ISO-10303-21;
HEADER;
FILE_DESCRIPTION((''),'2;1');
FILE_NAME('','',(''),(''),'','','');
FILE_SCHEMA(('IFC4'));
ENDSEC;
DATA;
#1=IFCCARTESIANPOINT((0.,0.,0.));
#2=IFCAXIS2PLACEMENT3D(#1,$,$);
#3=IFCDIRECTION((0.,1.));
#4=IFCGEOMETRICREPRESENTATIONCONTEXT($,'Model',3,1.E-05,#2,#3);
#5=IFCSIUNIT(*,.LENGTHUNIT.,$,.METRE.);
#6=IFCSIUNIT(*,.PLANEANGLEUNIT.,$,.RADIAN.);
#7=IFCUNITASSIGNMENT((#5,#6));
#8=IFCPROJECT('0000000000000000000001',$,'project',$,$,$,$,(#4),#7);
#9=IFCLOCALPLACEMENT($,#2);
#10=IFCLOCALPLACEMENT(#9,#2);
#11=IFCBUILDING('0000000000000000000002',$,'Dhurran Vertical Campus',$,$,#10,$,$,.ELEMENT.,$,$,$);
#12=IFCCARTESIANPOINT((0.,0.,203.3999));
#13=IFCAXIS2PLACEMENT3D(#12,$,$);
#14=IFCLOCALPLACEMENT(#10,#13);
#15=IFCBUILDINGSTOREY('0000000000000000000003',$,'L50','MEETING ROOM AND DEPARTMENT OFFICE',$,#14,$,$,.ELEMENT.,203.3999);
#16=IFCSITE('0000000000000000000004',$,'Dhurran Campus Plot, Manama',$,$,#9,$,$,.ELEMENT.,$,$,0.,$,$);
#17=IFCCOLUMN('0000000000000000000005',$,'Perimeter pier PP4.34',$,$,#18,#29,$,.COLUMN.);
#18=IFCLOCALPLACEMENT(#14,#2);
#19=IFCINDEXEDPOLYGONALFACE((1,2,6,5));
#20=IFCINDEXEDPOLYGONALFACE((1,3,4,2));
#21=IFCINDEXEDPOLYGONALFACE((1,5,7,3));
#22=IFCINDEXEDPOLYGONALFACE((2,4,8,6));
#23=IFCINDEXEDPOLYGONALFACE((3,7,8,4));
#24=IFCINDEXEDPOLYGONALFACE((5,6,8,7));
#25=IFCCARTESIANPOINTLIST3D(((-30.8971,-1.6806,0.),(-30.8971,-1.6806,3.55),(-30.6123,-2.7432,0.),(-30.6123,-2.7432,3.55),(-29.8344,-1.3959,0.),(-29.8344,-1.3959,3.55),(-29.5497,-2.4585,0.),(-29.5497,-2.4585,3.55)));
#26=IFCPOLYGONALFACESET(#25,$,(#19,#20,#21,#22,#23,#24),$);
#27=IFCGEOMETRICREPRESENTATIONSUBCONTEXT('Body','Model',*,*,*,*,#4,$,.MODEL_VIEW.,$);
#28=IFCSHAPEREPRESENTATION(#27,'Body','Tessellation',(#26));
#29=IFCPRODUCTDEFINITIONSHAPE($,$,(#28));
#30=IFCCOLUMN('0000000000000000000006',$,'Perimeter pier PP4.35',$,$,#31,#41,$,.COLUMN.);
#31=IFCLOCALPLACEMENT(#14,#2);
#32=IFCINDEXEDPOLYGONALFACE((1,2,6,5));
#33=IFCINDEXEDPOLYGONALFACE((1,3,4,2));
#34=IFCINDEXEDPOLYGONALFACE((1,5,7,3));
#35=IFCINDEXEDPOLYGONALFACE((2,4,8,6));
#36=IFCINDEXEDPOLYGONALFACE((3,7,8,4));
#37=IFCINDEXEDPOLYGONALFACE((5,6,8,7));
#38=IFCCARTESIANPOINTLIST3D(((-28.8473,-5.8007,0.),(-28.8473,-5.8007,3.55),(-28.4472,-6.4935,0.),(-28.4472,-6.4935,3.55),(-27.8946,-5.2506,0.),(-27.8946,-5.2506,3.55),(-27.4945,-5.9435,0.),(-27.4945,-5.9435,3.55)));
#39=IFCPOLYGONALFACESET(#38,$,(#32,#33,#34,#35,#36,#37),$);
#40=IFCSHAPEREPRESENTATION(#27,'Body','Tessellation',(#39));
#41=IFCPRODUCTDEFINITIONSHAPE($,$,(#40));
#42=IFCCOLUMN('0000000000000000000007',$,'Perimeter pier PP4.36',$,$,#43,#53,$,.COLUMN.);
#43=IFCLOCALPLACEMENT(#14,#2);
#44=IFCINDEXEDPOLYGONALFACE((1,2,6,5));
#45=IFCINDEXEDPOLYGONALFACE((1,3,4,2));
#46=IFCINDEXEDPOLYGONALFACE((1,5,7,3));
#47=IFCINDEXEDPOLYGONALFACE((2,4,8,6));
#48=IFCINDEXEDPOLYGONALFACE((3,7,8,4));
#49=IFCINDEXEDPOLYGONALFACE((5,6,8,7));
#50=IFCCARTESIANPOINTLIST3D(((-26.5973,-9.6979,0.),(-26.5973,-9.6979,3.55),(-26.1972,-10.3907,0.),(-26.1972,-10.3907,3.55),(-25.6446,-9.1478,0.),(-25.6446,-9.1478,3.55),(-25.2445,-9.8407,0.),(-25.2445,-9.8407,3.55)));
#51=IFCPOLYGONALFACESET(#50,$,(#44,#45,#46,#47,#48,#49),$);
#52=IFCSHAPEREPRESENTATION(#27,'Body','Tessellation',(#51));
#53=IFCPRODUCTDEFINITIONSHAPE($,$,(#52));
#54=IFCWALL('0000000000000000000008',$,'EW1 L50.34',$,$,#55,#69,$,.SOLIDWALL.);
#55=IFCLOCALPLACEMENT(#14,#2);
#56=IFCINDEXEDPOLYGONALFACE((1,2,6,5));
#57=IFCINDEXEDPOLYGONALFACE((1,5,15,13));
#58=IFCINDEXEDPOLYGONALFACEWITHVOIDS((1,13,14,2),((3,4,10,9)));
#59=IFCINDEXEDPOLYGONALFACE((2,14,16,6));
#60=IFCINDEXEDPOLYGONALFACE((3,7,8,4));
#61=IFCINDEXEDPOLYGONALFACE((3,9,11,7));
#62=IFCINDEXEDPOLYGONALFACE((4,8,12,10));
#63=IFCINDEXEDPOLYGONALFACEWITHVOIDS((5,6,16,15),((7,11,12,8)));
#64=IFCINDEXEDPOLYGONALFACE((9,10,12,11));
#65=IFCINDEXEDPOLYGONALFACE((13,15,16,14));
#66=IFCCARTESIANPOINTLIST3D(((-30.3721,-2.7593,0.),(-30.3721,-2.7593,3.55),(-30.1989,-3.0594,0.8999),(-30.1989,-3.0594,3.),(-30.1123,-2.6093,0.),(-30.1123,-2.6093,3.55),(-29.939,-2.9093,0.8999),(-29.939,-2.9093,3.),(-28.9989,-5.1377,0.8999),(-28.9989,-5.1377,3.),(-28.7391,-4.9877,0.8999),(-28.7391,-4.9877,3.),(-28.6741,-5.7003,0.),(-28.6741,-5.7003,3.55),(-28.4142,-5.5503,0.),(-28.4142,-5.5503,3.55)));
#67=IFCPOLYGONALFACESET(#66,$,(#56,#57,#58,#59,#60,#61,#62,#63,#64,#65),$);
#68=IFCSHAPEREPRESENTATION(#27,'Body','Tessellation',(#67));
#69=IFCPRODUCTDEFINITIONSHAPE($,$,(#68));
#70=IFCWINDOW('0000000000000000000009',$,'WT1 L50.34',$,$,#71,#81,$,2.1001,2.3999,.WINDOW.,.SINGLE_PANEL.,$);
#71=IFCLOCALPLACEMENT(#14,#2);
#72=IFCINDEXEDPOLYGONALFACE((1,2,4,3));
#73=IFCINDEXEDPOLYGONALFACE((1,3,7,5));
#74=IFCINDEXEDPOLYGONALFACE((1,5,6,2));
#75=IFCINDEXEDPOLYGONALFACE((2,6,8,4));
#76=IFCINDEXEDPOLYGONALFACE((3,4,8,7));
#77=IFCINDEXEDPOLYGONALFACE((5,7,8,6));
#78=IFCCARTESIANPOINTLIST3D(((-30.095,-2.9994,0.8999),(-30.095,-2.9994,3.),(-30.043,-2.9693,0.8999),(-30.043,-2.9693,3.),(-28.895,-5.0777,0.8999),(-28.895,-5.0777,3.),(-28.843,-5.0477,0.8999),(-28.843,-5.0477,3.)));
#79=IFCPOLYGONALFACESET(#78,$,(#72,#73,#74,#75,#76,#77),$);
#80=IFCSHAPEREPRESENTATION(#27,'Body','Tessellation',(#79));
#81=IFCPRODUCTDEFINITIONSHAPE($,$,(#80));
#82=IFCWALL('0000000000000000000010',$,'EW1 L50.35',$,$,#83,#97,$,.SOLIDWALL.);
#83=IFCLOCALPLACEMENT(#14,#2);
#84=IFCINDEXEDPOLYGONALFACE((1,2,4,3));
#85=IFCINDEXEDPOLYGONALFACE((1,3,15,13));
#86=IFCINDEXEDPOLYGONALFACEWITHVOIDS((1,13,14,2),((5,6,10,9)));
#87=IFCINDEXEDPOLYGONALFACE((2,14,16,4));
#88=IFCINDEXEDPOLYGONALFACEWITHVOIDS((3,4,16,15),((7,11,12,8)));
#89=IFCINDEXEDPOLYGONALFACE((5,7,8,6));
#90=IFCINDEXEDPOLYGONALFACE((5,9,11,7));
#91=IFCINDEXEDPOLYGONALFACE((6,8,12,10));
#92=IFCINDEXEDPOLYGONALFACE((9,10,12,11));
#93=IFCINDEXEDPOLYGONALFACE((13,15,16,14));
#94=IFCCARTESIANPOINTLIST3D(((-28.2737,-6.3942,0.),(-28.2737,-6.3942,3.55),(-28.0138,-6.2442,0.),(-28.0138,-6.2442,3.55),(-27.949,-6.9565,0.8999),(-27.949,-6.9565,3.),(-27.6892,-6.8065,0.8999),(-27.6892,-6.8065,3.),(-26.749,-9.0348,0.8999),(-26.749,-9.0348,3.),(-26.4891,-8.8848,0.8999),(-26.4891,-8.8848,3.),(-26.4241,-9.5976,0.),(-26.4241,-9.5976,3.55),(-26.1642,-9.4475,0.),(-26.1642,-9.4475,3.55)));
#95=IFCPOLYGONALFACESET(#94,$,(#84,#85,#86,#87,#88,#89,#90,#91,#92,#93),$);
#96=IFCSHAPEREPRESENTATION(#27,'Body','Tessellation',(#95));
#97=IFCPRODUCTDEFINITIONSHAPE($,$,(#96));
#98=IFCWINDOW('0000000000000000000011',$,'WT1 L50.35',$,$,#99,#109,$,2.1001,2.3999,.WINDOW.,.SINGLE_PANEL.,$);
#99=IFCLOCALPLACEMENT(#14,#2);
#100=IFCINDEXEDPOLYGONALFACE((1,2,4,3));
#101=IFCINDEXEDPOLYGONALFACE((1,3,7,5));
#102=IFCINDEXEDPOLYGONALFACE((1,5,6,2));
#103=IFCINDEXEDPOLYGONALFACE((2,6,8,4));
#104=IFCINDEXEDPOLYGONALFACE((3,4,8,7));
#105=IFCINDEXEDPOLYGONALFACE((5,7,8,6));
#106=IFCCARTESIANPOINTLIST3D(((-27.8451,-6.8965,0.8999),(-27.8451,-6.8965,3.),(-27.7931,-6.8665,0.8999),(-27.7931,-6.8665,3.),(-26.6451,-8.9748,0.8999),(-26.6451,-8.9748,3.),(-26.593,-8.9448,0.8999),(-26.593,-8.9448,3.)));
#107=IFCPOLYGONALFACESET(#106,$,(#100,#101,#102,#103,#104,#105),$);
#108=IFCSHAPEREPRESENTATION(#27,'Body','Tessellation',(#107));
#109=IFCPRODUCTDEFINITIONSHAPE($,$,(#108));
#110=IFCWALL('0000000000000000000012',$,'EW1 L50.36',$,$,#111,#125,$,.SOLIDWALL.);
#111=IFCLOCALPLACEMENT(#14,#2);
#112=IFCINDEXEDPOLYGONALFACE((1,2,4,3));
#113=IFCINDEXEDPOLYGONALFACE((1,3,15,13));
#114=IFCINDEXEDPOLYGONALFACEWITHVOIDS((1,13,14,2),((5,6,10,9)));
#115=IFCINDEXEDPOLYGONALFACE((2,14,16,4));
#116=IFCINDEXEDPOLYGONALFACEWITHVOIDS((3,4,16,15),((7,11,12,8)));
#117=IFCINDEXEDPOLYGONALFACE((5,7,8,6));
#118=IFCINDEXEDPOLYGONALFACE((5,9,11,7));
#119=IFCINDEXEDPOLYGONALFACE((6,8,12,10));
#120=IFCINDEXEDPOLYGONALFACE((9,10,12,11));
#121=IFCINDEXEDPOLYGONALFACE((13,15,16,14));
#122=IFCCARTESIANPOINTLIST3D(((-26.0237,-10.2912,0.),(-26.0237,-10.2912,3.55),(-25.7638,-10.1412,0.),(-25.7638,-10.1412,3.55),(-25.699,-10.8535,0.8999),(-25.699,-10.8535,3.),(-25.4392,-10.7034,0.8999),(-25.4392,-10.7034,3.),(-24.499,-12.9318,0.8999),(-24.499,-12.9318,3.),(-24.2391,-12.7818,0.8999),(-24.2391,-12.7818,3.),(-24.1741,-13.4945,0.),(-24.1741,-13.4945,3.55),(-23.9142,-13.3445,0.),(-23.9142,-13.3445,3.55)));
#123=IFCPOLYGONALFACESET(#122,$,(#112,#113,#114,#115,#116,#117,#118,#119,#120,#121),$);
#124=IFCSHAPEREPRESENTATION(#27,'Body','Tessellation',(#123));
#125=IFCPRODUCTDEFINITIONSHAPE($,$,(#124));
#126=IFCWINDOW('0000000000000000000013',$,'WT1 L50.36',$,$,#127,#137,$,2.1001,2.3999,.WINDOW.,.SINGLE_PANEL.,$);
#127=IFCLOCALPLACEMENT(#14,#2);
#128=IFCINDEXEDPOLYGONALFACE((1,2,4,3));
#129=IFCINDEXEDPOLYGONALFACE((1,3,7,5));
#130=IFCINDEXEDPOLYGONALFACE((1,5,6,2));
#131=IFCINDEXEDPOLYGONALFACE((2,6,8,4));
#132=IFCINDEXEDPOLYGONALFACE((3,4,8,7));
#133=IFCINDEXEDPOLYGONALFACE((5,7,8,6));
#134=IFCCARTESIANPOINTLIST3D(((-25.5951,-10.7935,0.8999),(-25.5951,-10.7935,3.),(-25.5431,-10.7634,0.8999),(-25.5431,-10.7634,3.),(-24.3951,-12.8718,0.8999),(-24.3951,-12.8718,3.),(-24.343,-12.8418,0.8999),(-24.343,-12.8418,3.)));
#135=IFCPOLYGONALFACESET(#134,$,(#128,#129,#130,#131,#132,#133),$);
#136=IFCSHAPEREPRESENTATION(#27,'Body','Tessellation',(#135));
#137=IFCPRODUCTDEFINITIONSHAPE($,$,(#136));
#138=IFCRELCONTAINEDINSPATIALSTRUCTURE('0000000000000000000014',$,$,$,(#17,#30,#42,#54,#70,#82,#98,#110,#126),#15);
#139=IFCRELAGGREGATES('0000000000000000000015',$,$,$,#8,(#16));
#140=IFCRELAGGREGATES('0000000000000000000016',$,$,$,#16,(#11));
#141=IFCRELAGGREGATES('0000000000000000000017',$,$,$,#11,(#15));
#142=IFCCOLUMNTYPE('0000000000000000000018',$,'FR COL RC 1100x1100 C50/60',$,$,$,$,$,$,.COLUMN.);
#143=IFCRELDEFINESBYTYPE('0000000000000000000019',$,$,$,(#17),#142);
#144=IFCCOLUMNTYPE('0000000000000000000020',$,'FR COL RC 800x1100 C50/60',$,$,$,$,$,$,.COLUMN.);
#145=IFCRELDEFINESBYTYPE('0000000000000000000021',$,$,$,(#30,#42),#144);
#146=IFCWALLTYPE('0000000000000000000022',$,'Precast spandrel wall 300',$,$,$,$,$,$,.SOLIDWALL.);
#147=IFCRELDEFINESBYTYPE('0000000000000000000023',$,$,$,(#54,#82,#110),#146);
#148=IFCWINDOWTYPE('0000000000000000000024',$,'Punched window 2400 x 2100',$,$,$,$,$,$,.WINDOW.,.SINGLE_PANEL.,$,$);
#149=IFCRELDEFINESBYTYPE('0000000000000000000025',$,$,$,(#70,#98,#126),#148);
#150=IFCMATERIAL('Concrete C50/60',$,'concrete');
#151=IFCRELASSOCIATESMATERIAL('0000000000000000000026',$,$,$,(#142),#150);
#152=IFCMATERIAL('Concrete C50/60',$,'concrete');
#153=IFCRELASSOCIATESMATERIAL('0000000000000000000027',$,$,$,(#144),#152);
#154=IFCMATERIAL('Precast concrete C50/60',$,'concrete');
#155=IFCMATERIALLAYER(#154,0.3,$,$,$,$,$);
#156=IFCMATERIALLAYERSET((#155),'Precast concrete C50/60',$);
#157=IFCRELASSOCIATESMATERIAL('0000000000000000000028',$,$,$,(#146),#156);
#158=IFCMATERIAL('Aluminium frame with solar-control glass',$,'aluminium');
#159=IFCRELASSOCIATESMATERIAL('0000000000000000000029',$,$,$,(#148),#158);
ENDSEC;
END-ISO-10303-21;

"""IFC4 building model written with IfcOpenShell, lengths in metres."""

from ifc_helpers import new_model, si_unit, direction, frame, frame_2d, origin, origin_2d, place, context, subcontext, project, spatial, rectangle, extrude, material, layer, layer_set, material_profile, profile_set, type_object, element, fill, save


model = new_model("IFC4")

# Units and contexts
model_context = context("Model", 3, precision=1e-05, world=origin(), true_north=direction((0.0, 1.0)))
body_context = subcontext(model_context, "Body", "Model", "MODEL_VIEW")
ifc_project = project(units=[si_unit("LENGTHUNIT", "METRE"), si_unit("PLANEANGLEUNIT", "RADIAN")], contexts=[model_context])

# Site, building, storey
site_placement = place(None, origin())
site = spatial("IfcSite", under=ifc_project, at=site_placement, Name="Dhurran Campus Plot, Manama", CompositionType="ELEMENT", RefElevation=0.0)
building_placement = place(site_placement, origin())
building = spatial("IfcBuilding", under=site, at=building_placement, Name="Dhurran Vertical Campus", CompositionType="ELEMENT")
storey_placement = place(building_placement, frame((0.0, 0.0, 203.3999)))
storey = spatial("IfcBuildingStorey", under=building, at=storey_placement, Name="L50", Description="MEETING ROOM AND DEPARTMENT OFFICE", CompositionType="ELEMENT", Elevation=203.3999)

# Columns
ifc_material_1 = material(Name="Concrete C50/60", Category="concrete")
ifc_material_profile_1 = material_profile(ifc_material_1, rectangle(XDim=1.1001, YDim=1.1001, at=origin_2d()), Name="RC 1100x1100")
ifc_profile_set_1 = profile_set([ifc_material_profile_1], Name="Concrete C50/60")
column_type_1 = type_object("IfcColumnType", Name="FR COL RC 1100x1100 C50/60", PredefinedType="COLUMN", material=ifc_profile_set_1)
column_placement = place(storey_placement, frame((-30.2234, -2.0696, 0.0), z_axis=(0.0, 0.0, 1.0), x_axis=(0.258819, -0.965926, 0.0)))
element("IfcColumn", 1, at=column_placement, inside=storey, type_object=column_type_1, Name="Perimeter pier PP4.34", PredefinedType="COLUMN", context=body_context, shape_type="SweptSolid", body=[
    extrude(rectangle(XDim=1.1001, YDim=1.1001, at=origin_2d()), origin(), (0.0, 0.0, 1.0), 3.55),
])
ifc_material_2 = material(Name="Concrete C50/60", Category="concrete")
ifc_material_profile_2 = material_profile(ifc_material_2, rectangle(XDim=0.8, YDim=1.1001, at=origin_2d()), Name="RC 800x1100")
ifc_profile_set_2 = profile_set([ifc_material_profile_2], Name="Concrete C50/60")
column_type_2 = type_object("IfcColumnType", Name="FR COL RC 800x1100 C50/60", PredefinedType="COLUMN", material=ifc_profile_set_2)
for number, where, z_axis, x_axis, name in (
    (2, (-28.1709, -5.8721, 0.0), (0.0, 0.0, 1.0), (0.5, -0.866025, 0.0), "Perimeter pier PP4.35"),
    (3, (-25.9209, -9.7693, 0.0), (0.0, 0.0, 1.0), (0.5, -0.866025, 0.0), "Perimeter pier PP4.36"),
):
    element("IfcColumn", number, at=place(storey_placement, frame(where, z_axis=z_axis, x_axis=x_axis)), inside=storey, type_object=column_type_2, Name=name, PredefinedType="COLUMN", context=body_context, shape_type="SweptSolid", body=[
        extrude(rectangle(XDim=0.8, YDim=1.1001, at=origin_2d()), origin(), (0.0, 0.0, 1.0), 3.55),
    ])

# Walls, openings, windows
ifc_material_3 = material(Name="Precast concrete C50/60", Category="concrete")
ifc_layer_1 = layer(ifc_material_3, 0.3)
ifc_layer_set_1 = layer_set([ifc_layer_1], Name="Precast concrete C50/60")
wall_type_1 = type_object("IfcWallType", Name="Precast spandrel wall 300", PredefinedType="SOLIDWALL", material=ifc_layer_set_1)
wall_1_placement = place(storey_placement, frame((-30.2422, -2.6843, 0.0), z_axis=(0.0, 0.0, 1.0), x_axis=(0.500013, -0.866018, 0.0)))
wall_1 = element("IfcWall", 4, at=wall_1_placement, inside=storey, type_object=wall_type_1, Name="EW1 L50.34", PredefinedType="SOLIDWALL", context=body_context, shape_type="SweptSolid", body=[
    extrude(rectangle(XDim=3.396, YDim=0.3, at=frame_2d((1.698, 0.0))), origin(), (0.0, 0.0, 1.0), 3.55),
])
opening_1_placement = place(wall_1_placement, frame((0.3464, 0.0, 0.8999)))
opening_1 = element("IfcOpeningElement", 5, at=opening_1_placement, cuts=wall_1, PredefinedType="OPENING", context=body_context, shape_type="SweptSolid", body=[
    extrude(rectangle(XDim=2.3999, YDim=2.1001, at=frame_2d((1.2, 1.05))), frame((0.0, 0.1599, 0.0), z_axis=(0.0, -1.0, 0.0), x_axis=(1.0, 0.0, 0.0)), (0.0, 0.0, 1.0), 0.3201),
])
ifc_material_4 = material(Name="Aluminium frame with solar-control glass", Category="aluminium")
window_type = type_object("IfcWindowType", Name="Punched window 2400 x 2100", PartitioningType="SINGLE_PANEL", PredefinedType="WINDOW", material=ifc_material_4)
window_1_placement = place(opening_1_placement, origin())
window_1 = element("IfcWindow", 6, at=window_1_placement, inside=storey, type_object=window_type, Name="WT1 L50.34", OverallHeight=2.1001, OverallWidth=2.3999, PartitioningType="SINGLE_PANEL", PredefinedType="WINDOW", context=body_context, shape_type="SweptSolid", body=[
    extrude(rectangle(XDim=2.3999, YDim=2.1001, at=frame_2d((1.2, 1.05))), frame((0.0, 0.03, 0.0), z_axis=(0.0, -1.0, 0.0), x_axis=(1.0, 0.0, 0.0)), (0.0, 0.0, 1.0), 0.0601),
])
fill(opening_1, window_1)
wall_2_placement = place(storey_placement, frame((-28.1438, -6.3191, 0.0), z_axis=(0.0, 0.0, 1.0), x_axis=(0.500029, -0.866009, 0.0)))
wall_2 = element("IfcWall", 7, at=wall_2_placement, inside=storey, type_object=wall_type_1, Name="EW1 L50.35", PredefinedType="SOLIDWALL", context=body_context, shape_type="SweptSolid", body=[
    extrude(rectangle(XDim=3.699, YDim=0.3, at=frame_2d((1.8496, 0.0))), origin(), (0.0, 0.0, 1.0), 3.55),
])
opening_2_placement = place(wall_2_placement, frame((0.6494, 0.0, 0.8999)))
opening_2 = element("IfcOpeningElement", 8, at=opening_2_placement, cuts=wall_2, PredefinedType="OPENING", context=body_context, shape_type="SweptSolid", body=[
    extrude(rectangle(XDim=2.3999, YDim=2.1001, at=frame_2d((1.2, 1.05))), frame((0.0, 0.1599, 0.0), z_axis=(0.0, -1.0, 0.0), x_axis=(1.0, 0.0, 0.0)), (0.0, 0.0, 1.0), 0.3201),
])
window_2_placement = place(opening_2_placement, origin())
window_2 = element("IfcWindow", 9, at=window_2_placement, inside=storey, type_object=window_type, Name="WT1 L50.35", OverallHeight=2.1001, OverallWidth=2.3999, PartitioningType="SINGLE_PANEL", PredefinedType="WINDOW", context=body_context, shape_type="SweptSolid", body=[
    extrude(rectangle(XDim=2.3999, YDim=2.1001, at=frame_2d((1.2, 1.05))), frame((0.0, 0.03, 0.0), z_axis=(0.0, -1.0, 0.0), x_axis=(1.0, 0.0, 0.0)), (0.0, 0.0, 1.0), 0.0601),
])
fill(opening_2, window_2)
wall_3_placement = place(storey_placement, frame((-25.8938, -10.2161, 0.0), z_axis=(0.0, 0.0, 1.0), x_axis=(0.500029, -0.866009, 0.0)))
wall_3 = element("IfcWall", 10, at=wall_3_placement, inside=storey, type_object=wall_type_1, Name="EW1 L50.36", PredefinedType="SOLIDWALL", context=body_context, shape_type="SweptSolid", body=[
    extrude(rectangle(XDim=3.699, YDim=0.3, at=frame_2d((1.8496, 0.0))), origin(), (0.0, 0.0, 1.0), 3.55),
])
opening_3_placement = place(wall_3_placement, frame((0.6494, 0.0, 0.8999)))
opening_3 = element("IfcOpeningElement", 11, at=opening_3_placement, cuts=wall_3, PredefinedType="OPENING", context=body_context, shape_type="SweptSolid", body=[
    extrude(rectangle(XDim=2.3999, YDim=2.1001, at=frame_2d((1.2, 1.05))), frame((0.0, 0.1599, 0.0), z_axis=(0.0, -1.0, 0.0), x_axis=(1.0, 0.0, 0.0)), (0.0, 0.0, 1.0), 0.3201),
])
window_3_placement = place(opening_3_placement, origin())
window_3 = element("IfcWindow", 12, at=window_3_placement, inside=storey, type_object=window_type, Name="WT1 L50.36", OverallHeight=2.1001, OverallWidth=2.3999, PartitioningType="SINGLE_PANEL", PredefinedType="WINDOW", context=body_context, shape_type="SweptSolid", body=[
    extrude(rectangle(XDim=2.3999, YDim=2.1001, at=frame_2d((1.2, 1.05))), frame((0.0, 0.03, 0.0), z_axis=(0.0, -1.0, 0.0), x_axis=(1.0, 0.0, 0.0)), (0.0, 0.0, 1.0), 0.0601),
])
fill(opening_3, window_3)

save(model, "model.ifc")
